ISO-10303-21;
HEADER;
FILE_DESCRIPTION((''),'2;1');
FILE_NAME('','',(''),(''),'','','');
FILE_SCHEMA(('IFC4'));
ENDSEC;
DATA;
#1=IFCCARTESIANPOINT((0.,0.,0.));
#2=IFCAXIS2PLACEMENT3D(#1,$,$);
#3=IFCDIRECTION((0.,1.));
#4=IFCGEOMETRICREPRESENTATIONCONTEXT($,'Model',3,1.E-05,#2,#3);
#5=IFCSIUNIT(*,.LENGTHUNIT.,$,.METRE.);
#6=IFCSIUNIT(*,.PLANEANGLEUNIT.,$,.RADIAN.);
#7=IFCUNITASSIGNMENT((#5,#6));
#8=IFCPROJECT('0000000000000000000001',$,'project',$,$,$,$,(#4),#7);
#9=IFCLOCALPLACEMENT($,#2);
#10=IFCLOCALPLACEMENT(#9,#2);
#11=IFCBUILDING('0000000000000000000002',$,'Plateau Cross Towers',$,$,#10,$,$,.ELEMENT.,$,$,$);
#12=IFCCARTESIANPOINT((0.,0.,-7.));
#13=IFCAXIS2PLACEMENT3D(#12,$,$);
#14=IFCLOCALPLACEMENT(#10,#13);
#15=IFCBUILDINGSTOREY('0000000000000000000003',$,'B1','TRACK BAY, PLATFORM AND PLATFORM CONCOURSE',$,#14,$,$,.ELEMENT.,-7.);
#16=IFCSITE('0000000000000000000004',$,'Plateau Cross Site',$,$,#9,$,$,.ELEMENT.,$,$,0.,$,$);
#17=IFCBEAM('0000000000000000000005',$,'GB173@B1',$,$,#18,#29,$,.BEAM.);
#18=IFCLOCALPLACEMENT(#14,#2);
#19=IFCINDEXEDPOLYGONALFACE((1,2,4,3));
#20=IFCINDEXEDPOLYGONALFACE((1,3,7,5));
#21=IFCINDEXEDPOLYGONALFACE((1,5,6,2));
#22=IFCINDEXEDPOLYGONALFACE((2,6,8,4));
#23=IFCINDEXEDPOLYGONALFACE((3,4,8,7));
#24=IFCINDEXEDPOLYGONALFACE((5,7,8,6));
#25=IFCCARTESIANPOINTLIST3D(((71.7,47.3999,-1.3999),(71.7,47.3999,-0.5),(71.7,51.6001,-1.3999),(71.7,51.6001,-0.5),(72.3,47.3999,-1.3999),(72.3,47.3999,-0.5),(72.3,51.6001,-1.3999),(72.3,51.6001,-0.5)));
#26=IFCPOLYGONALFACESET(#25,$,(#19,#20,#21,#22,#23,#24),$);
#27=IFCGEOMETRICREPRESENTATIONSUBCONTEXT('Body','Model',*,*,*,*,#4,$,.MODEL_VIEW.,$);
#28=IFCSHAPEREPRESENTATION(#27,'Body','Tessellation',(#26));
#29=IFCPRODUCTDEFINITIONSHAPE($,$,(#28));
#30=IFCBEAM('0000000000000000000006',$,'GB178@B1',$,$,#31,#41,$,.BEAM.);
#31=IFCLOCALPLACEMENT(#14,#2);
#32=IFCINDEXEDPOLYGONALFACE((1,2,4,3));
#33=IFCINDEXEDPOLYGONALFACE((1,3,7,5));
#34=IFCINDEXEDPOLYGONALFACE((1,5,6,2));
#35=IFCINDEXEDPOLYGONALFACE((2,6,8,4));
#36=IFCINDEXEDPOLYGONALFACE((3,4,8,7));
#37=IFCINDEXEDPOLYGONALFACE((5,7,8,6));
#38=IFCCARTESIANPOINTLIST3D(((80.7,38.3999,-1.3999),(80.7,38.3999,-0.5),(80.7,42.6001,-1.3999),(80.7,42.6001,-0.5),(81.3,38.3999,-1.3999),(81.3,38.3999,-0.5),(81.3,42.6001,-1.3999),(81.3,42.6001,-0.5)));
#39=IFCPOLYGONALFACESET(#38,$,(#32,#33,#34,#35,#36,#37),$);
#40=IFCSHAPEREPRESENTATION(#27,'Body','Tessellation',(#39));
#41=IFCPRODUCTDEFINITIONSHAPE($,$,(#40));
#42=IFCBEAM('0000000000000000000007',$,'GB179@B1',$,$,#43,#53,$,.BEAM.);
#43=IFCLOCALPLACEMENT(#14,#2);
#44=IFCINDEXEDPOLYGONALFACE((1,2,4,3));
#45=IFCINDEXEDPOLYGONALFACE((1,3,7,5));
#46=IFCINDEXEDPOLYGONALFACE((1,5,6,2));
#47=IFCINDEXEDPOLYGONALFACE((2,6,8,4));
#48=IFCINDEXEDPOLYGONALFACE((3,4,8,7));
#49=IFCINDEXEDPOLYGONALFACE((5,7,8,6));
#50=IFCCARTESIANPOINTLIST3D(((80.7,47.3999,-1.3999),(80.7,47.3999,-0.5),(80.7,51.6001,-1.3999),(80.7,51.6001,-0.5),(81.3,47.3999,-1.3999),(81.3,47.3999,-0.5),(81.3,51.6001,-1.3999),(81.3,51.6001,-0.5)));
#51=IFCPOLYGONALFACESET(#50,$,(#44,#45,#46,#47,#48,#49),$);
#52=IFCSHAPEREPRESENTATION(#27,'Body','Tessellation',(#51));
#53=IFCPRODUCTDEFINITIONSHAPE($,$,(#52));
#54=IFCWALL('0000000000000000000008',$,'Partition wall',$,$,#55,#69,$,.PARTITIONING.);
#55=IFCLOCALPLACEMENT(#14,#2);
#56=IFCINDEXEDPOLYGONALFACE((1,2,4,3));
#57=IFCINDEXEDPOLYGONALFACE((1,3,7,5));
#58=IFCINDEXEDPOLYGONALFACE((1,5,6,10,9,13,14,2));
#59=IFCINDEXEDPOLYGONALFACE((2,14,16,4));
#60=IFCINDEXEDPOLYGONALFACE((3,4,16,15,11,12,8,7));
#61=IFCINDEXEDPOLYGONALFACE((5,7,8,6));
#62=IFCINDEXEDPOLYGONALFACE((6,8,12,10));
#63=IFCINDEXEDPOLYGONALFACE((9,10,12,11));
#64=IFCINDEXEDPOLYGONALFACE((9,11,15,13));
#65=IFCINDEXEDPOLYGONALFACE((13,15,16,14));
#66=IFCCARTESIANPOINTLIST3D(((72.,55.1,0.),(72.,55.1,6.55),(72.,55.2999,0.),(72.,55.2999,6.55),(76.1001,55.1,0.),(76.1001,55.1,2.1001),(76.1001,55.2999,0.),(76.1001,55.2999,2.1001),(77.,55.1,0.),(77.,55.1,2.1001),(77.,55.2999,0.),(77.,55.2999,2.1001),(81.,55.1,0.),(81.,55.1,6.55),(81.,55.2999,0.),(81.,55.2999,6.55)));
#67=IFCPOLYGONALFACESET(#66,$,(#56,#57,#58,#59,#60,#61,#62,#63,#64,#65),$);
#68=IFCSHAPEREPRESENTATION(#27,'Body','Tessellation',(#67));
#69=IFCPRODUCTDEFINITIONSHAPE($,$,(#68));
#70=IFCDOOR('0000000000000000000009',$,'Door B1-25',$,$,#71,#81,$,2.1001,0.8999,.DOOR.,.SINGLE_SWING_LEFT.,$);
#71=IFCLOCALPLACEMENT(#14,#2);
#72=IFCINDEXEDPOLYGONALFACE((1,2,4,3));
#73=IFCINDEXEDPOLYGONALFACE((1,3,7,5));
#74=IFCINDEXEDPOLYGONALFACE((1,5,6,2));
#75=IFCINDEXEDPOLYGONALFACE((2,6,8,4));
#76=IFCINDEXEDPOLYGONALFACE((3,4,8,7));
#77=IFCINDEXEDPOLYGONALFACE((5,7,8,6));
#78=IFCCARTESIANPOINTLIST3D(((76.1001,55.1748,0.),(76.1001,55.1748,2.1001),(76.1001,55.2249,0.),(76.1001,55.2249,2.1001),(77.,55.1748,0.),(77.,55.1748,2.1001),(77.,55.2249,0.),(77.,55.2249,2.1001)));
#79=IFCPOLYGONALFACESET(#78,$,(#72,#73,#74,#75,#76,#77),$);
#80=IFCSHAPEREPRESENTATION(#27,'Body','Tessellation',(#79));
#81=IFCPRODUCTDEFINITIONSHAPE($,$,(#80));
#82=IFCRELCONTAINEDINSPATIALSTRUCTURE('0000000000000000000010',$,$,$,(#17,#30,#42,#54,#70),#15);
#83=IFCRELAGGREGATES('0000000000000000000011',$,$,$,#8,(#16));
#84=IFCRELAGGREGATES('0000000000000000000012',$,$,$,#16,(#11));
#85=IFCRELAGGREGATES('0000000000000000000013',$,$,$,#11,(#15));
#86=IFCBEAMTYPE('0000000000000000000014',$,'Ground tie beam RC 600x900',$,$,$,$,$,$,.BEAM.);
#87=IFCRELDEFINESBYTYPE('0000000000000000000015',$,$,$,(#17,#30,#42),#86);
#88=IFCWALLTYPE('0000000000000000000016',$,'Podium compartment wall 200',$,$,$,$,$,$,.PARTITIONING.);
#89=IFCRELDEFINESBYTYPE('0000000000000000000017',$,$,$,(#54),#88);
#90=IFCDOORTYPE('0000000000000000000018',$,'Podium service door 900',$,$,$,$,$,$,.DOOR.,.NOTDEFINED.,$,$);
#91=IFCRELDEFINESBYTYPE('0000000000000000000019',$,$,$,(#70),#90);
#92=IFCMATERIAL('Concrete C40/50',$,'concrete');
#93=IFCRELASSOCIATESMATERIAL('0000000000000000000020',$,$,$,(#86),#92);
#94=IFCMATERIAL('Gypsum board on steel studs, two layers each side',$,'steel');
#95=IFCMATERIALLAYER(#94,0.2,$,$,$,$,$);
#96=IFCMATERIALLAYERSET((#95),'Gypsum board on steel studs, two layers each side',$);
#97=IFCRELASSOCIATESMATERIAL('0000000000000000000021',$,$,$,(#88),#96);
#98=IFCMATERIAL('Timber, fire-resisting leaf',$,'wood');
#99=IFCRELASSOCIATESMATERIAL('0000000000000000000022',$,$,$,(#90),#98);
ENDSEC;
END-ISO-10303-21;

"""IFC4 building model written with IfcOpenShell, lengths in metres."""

from ifc_helpers import new_model, si_unit, direction, frame, frame_2d, origin, origin_2d, place, context, subcontext, project, spatial, rectangle, extrude, material, layer, layer_set, material_profile, profile_set, type_object, element, fill, save


model = new_model("IFC4")

# Units and contexts
model_context = context("Model", 3, precision=1e-05, world=origin(), true_north=direction((0.0, 1.0)))
body_context = subcontext(model_context, "Body", "Model", "MODEL_VIEW")
ifc_project = project(units=[si_unit("LENGTHUNIT", "METRE"), si_unit("PLANEANGLEUNIT", "RADIAN")], contexts=[model_context])

# Site, building, storey
site_placement = place(None, origin())
site = spatial("IfcSite", under=ifc_project, at=site_placement, Name="Plateau Cross Site", CompositionType="ELEMENT", RefElevation=0.0)
building_placement = place(site_placement, origin())
building = spatial("IfcBuilding", under=site, at=building_placement, Name="Plateau Cross Towers", CompositionType="ELEMENT")
storey_placement = place(building_placement, frame((0.0, 0.0, -7.0)))
storey = spatial("IfcBuildingStorey", under=building, at=storey_placement, Name="B1", Description="TRACK BAY, PLATFORM AND PLATFORM CONCOURSE", CompositionType="ELEMENT", Elevation=-7.0)

# Shared definitions
ifc_material_1 = material(Name="Concrete C40/50", Category="concrete")

# Beams
ifc_material_profile_1 = material_profile(ifc_material_1, rectangle(XDim=0.6001, YDim=0.8999, at=origin_2d()), Name="RC 600x900")
ifc_profile_set_1 = profile_set([ifc_material_profile_1], Name="Concrete C40/50")
beam_type = type_object("IfcBeamType", Name="Ground tie beam RC 600x900", PredefinedType="BEAM", material=ifc_profile_set_1)
for number, where, z_axis, x_axis, name in (
    (1, (72.0, 47.3999, -0.95), (0.0, 1.0, 0.0), (-1.0, 0.0, 0.0), "GB173@B1"),
    (2, (81.0, 38.3999, -0.95), (0.0, 1.0, 0.0), (-1.0, 0.0, 0.0), "GB178@B1"),
    (3, (81.0, 47.3999, -0.95), (0.0, 1.0, 0.0), (-1.0, 0.0, 0.0), "GB179@B1"),
):
    element("IfcBeam", number, at=place(storey_placement, frame(where, z_axis=z_axis, x_axis=x_axis)), inside=storey, type_object=beam_type, Name=name, PredefinedType="BEAM", context=body_context, shape_type="SweptSolid", body=[
        extrude(rectangle(XDim=0.6001, YDim=0.8999, at=origin_2d()), origin(), (0.0, 0.0, 1.0), 4.2002),
    ])

# Wall, opening, door
ifc_material_2 = material(Name="Gypsum board on steel studs, two layers each side", Category="steel")
ifc_layer = layer(ifc_material_2, 0.2)
ifc_layer_set = layer_set([ifc_layer], Name="Gypsum board on steel studs, two layers each side")
wall_type = type_object("IfcWallType", Name="Podium compartment wall 200", PredefinedType="PARTITIONING", material=ifc_layer_set)
wall_placement = place(storey_placement, frame((72.0, 55.2, 0.0), z_axis=(0.0, 0.0, 1.0), x_axis=(1.0, 0.0, 0.0)))
wall = element("IfcWall", 4, at=wall_placement, inside=storey, type_object=wall_type, Name="Partition wall", PredefinedType="PARTITIONING", context=body_context, shape_type="SweptSolid", body=[
    extrude(rectangle(XDim=9.0, YDim=0.2, at=frame_2d((4.5, 0.0))), origin(), (0.0, 0.0, 1.0), 6.55),
])
opening_placement = place(wall_placement, frame((4.1001, 0.0, 0.0)))
opening = element("IfcOpeningElement", 5, at=opening_placement, cuts=wall, PredefinedType="OPENING", context=body_context, shape_type="SweptSolid", body=[
    extrude(rectangle(XDim=0.8999, YDim=2.1001, at=frame_2d((0.45, 1.05))), frame((0.0, 0.1099, 0.0), z_axis=(0.0, -1.0, 0.0), x_axis=(1.0, 0.0, 0.0)), (0.0, 0.0, 1.0), 0.22),
])
ifc_material_3 = material(Name="Timber, fire-resisting leaf", Category="wood")
door_type = type_object("IfcDoorType", Name="Podium service door 900", OperationType="NOTDEFINED", PredefinedType="DOOR", material=ifc_material_3)
door_placement = place(opening_placement, origin())
door = element("IfcDoor", 6, at=door_placement, inside=storey, type_object=door_type, Name="Door B1-25", OperationType="SINGLE_SWING_LEFT", OverallHeight=2.1001, OverallWidth=0.8999, PredefinedType="DOOR", context=body_context, shape_type="SweptSolid", body=[
    extrude(rectangle(XDim=0.8999, YDim=2.1001, at=frame_2d((0.45, 1.05))), frame((0.0, 0.0249, 0.0), z_axis=(0.0, -1.0, 0.0), x_axis=(1.0, 0.0, 0.0)), (0.0, 0.0, 1.0), 0.05),
])
fill(opening, door)

save(model, "model.ifc")
